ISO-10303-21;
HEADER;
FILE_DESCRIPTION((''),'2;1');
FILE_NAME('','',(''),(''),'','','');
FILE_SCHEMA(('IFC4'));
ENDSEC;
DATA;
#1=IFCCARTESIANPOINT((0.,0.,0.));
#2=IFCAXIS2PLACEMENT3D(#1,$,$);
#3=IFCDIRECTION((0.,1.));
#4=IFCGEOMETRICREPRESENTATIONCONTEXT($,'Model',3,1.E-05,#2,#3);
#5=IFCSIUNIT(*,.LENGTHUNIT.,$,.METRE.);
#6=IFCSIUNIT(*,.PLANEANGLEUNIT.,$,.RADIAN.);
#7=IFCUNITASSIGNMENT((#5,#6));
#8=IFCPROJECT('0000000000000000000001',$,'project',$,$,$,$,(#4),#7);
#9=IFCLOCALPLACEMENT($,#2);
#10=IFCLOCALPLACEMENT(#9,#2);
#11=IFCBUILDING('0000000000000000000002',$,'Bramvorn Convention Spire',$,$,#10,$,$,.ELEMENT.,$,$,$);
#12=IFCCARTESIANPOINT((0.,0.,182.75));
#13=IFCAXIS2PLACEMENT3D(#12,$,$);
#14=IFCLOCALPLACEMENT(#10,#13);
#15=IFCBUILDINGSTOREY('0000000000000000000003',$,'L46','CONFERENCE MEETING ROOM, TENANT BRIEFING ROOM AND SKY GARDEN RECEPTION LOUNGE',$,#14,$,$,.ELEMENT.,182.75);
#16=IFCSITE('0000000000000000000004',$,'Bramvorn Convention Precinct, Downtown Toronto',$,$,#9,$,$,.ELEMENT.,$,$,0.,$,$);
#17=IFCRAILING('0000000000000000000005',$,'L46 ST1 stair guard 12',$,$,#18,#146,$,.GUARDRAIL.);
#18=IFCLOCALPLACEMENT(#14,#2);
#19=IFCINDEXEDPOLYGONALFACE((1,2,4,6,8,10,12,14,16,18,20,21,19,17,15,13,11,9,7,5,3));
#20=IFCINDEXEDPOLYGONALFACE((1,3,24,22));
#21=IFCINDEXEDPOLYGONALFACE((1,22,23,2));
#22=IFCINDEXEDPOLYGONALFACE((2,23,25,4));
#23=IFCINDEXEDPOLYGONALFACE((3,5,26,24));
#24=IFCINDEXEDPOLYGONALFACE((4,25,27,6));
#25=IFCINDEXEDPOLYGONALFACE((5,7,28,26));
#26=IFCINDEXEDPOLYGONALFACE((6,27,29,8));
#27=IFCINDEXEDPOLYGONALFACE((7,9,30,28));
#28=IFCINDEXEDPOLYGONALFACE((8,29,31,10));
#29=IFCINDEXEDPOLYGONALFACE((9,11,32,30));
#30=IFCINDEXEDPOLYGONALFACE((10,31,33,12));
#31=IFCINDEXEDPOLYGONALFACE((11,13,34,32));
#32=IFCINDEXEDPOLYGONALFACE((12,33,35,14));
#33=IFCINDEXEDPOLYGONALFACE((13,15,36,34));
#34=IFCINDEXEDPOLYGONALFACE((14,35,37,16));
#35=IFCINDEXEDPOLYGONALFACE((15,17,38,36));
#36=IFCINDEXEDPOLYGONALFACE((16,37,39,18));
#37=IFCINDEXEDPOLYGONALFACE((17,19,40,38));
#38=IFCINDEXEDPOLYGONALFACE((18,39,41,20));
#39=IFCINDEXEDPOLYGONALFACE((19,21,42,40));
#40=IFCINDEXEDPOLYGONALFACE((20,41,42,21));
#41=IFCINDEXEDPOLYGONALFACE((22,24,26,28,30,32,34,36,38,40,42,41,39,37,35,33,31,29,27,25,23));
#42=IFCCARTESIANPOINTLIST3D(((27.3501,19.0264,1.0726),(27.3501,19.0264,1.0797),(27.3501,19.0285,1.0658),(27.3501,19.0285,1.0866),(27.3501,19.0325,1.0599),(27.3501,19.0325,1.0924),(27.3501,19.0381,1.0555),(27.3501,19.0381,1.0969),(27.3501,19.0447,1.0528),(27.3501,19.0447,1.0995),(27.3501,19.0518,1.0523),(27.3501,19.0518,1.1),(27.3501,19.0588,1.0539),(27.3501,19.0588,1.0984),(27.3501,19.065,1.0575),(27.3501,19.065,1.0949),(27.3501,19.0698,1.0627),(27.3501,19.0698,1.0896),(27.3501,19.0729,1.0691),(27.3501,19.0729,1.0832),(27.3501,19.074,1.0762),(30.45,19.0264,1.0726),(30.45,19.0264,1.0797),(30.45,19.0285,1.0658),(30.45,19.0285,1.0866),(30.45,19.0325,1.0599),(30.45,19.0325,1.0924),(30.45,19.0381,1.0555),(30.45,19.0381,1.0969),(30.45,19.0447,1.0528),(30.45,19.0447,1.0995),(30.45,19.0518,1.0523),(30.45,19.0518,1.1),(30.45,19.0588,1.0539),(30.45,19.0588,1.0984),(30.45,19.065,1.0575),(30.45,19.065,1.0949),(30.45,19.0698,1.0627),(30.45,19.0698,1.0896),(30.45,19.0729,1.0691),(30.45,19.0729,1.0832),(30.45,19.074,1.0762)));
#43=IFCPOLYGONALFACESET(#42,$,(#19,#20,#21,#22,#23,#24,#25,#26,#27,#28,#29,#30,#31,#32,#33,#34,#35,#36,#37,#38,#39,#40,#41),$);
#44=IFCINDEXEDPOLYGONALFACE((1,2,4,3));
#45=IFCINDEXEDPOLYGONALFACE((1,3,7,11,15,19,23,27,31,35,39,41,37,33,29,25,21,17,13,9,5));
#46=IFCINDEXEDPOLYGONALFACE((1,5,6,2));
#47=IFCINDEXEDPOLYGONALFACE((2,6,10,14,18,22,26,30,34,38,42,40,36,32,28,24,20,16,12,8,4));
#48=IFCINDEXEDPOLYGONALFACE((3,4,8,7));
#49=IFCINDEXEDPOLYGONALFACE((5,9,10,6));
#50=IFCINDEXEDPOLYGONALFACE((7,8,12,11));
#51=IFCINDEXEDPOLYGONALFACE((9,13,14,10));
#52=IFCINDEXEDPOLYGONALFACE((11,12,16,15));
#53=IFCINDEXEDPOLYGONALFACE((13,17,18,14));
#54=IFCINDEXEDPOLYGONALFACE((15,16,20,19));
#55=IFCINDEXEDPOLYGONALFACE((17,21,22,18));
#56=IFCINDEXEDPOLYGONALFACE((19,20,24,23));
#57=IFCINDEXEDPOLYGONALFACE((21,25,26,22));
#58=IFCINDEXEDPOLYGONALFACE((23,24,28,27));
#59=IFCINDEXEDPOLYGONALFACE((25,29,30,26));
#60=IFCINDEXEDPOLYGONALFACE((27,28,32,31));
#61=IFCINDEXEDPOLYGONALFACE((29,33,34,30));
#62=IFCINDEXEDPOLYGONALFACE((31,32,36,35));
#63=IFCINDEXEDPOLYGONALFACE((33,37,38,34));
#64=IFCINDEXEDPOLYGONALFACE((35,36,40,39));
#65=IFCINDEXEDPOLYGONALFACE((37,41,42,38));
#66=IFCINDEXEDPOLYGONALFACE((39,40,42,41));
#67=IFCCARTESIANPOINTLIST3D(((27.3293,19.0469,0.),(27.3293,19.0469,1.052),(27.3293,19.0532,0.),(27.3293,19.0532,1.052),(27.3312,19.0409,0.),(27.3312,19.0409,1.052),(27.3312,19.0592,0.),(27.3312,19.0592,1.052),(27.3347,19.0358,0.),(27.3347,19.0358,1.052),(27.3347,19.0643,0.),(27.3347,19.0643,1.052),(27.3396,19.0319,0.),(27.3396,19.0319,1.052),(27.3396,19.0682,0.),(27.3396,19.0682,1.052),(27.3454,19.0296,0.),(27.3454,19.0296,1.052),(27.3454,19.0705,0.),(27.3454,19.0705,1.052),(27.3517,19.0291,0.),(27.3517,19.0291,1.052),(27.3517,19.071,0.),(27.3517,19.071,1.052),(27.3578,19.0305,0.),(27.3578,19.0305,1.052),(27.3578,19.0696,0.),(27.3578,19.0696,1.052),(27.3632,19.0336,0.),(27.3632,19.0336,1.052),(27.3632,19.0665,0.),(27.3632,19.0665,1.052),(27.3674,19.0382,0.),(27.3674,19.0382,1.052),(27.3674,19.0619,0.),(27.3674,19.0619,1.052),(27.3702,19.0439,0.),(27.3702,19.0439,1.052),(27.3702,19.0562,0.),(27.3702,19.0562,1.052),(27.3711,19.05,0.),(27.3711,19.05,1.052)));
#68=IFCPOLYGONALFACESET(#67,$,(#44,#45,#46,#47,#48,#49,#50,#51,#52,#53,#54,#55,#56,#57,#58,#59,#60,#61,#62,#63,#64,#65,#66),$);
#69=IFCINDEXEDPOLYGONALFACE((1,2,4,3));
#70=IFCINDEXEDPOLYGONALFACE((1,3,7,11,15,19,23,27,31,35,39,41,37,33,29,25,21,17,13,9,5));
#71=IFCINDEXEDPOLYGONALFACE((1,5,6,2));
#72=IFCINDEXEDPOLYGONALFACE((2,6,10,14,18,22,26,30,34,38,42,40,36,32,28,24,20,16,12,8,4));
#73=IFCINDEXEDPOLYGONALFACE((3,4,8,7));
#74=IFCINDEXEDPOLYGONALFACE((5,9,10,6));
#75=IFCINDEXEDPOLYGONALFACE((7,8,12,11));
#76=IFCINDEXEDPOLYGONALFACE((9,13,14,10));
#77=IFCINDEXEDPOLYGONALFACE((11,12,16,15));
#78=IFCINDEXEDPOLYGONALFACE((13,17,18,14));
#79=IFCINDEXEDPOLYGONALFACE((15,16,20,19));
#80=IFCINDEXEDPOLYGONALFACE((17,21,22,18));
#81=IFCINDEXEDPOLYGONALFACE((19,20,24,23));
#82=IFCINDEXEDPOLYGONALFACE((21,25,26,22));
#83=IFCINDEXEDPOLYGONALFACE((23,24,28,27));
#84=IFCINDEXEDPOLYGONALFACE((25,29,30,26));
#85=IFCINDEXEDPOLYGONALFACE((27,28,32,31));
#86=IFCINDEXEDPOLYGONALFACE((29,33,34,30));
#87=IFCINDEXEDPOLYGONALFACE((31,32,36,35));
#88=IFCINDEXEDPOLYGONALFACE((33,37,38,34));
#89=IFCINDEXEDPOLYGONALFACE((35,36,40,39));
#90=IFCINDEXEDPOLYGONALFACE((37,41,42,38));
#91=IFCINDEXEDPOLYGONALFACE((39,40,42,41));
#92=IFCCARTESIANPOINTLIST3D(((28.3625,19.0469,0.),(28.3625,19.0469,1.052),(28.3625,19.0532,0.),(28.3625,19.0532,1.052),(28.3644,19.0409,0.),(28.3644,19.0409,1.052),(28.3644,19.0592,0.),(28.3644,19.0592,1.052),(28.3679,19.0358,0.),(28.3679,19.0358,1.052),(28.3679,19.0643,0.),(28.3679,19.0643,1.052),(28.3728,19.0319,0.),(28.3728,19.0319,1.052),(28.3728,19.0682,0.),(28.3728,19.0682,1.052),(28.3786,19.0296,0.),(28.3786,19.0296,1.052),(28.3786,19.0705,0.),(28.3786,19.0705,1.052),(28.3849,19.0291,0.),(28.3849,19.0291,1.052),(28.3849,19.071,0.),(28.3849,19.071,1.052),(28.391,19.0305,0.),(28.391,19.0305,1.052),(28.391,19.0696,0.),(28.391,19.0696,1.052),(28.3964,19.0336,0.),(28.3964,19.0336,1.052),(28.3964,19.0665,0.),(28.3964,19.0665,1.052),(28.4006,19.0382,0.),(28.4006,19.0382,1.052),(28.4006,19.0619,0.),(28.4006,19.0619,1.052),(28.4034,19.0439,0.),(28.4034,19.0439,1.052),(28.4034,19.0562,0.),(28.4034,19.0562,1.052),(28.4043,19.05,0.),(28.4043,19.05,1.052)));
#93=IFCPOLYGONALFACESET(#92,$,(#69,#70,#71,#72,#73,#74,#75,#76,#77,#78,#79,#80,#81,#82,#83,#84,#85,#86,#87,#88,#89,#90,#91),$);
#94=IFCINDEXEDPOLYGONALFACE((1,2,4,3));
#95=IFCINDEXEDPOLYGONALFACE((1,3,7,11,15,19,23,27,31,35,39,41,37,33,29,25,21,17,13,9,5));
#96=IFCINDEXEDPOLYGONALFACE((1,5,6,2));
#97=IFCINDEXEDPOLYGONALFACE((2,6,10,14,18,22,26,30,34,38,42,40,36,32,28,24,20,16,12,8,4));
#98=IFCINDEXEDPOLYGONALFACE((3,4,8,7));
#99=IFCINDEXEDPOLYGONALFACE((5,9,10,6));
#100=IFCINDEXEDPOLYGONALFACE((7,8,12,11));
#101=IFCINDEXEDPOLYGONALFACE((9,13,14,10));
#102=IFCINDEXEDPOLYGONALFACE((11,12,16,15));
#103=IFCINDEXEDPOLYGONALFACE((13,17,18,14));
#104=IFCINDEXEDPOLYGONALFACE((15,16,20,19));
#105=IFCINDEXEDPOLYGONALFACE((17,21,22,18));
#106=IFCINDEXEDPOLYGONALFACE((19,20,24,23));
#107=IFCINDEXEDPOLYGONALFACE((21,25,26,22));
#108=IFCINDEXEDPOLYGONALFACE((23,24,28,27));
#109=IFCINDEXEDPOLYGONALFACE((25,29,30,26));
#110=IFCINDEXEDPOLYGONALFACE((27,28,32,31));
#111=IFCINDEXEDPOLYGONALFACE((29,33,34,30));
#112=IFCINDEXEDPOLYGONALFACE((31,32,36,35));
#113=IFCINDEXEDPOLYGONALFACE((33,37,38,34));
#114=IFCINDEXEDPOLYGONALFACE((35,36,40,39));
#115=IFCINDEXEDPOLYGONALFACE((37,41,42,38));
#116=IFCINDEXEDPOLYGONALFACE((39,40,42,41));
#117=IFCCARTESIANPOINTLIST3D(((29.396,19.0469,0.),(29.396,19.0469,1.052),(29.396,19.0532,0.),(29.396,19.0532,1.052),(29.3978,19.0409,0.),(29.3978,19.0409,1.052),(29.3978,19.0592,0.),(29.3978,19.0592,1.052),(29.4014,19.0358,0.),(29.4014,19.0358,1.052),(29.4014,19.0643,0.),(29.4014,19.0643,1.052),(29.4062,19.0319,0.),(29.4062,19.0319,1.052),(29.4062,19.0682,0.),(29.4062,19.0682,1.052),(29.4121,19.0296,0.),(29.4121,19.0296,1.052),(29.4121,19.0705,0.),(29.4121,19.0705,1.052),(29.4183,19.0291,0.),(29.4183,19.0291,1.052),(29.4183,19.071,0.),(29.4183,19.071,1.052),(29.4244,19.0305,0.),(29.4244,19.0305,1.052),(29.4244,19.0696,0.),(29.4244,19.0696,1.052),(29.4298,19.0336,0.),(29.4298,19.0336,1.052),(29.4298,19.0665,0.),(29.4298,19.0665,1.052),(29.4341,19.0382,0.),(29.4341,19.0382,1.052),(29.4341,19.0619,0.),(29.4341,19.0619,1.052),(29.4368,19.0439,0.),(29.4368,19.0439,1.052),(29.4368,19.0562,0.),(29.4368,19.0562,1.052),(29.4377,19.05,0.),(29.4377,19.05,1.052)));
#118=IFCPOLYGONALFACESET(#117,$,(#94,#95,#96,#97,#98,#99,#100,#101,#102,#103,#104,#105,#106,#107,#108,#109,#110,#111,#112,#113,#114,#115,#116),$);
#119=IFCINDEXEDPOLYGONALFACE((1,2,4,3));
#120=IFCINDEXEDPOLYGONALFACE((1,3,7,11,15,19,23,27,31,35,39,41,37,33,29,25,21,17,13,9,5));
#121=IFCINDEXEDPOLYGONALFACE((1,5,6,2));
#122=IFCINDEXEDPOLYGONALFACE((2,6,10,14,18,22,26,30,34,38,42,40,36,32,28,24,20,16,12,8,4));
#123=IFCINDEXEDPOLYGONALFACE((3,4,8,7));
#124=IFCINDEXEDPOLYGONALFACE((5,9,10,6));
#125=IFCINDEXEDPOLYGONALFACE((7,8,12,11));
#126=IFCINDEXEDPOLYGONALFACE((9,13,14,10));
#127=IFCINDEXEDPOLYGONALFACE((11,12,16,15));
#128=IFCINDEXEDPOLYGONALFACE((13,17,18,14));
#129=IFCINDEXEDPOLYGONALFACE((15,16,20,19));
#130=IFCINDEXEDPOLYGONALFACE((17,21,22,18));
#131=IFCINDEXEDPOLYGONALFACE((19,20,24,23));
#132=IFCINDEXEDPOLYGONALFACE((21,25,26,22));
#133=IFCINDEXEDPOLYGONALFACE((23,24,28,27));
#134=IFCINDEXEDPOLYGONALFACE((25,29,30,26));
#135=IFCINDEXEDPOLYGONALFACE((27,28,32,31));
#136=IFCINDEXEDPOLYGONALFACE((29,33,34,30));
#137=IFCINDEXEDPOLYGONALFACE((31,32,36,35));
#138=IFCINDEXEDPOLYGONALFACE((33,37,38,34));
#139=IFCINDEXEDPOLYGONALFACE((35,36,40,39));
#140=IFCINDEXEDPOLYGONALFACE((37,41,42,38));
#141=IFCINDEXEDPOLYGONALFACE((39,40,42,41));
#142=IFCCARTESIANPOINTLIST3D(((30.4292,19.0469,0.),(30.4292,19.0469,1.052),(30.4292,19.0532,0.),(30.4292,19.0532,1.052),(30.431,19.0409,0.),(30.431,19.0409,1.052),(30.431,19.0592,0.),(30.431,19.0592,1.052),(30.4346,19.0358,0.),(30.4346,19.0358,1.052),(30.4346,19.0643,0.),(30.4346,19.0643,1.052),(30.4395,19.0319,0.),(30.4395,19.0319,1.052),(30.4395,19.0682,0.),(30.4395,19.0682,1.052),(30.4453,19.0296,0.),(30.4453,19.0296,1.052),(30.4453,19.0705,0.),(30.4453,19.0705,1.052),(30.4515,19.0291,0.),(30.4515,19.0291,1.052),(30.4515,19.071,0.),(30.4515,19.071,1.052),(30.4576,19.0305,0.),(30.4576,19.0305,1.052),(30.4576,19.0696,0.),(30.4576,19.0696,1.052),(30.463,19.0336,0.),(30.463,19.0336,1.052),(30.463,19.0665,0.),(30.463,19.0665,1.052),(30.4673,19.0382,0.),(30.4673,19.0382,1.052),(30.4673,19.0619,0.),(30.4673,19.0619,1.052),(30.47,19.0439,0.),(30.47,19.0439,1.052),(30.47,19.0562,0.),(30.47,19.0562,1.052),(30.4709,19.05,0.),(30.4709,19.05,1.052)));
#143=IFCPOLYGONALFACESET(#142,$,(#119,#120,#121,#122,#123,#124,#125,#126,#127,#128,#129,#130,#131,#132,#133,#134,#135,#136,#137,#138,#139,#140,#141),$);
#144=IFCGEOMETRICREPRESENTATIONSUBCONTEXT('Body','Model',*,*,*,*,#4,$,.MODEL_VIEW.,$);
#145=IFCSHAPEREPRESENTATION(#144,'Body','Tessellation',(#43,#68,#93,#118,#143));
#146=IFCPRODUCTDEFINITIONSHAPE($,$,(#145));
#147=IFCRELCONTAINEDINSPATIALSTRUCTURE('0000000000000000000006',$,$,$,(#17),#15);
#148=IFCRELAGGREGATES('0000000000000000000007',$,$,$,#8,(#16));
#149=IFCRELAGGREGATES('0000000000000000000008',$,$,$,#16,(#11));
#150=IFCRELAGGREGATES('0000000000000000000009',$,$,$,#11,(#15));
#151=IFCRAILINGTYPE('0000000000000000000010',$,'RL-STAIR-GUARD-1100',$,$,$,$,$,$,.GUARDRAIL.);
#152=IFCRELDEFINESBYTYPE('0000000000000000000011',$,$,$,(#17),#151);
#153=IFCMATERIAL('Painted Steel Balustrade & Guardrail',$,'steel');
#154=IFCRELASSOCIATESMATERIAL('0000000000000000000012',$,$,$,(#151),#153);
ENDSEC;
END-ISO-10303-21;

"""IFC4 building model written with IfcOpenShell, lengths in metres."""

from ifc_helpers import new_model, si_unit, direction, frame, origin, origin_2d, place, context, subcontext, project, spatial, circle, extrude, material, type_object, element, save


model = new_model("IFC4")

# Units and contexts
model_context = context("Model", 3, precision=1e-05, world=origin(), true_north=direction((0.0, 1.0)))
body_context = subcontext(model_context, "Body", "Model", "MODEL_VIEW")
ifc_project = project(units=[si_unit("LENGTHUNIT", "METRE"), si_unit("PLANEANGLEUNIT", "RADIAN")], contexts=[model_context])

# Site, building, storey
site_placement = place(None, origin())
site = spatial("IfcSite", under=ifc_project, at=site_placement, Name="Bramvorn Convention Precinct, Downtown Toronto", CompositionType="ELEMENT", RefElevation=0.0)
building_placement = place(site_placement, origin())
building = spatial("IfcBuilding", under=site, at=building_placement, Name="Bramvorn Convention Spire", CompositionType="ELEMENT")
storey_placement = place(building_placement, frame((0.0, 0.0, 182.75)))
storey = spatial("IfcBuildingStorey", under=building, at=storey_placement, Name="L46", Description="CONFERENCE MEETING ROOM, TENANT BRIEFING ROOM AND SKY GARDEN RECEPTION LOUNGE", CompositionType="ELEMENT", Elevation=182.75)

# Railing
ifc_material_1 = material(Name="Painted Steel Balustrade & Guardrail", Category="steel")
railing_type_1 = type_object("IfcRailingType", Name="RL-STAIR-GUARD-1100", PredefinedType="GUARDRAIL", material=ifc_material_1)
railing_1_placement = place(storey_placement, frame((27.3501, 19.05, 0.0)))
element("IfcRailing", 1, at=railing_1_placement, inside=storey, type_object=railing_type_1, Name="L46 ST1 stair guard 12", PredefinedType="GUARDRAIL", context=body_context, shape_type="SweptSolid", body=[
    extrude(circle(Radius=0.0239, at=origin_2d()), frame((0.0, 0.0, 1.0762), z_axis=(1.0, 0.0, 0.0), x_axis=(0.0, 1.0, 0.0)), (0.0, 0.0, 1.0), 3.0999),
    extrude(circle(Radius=0.021, at=origin_2d()), origin(), (0.0, 0.0, 1.0), 1.052),
    extrude(circle(Radius=0.021, at=origin_2d()), frame((1.0332, 0.0, 0.0)), (0.0, 0.0, 1.0), 1.052),
    extrude(circle(Radius=0.021, at=origin_2d()), frame((2.0667, 0.0, 0.0)), (0.0, 0.0, 1.0), 1.052),
    extrude(circle(Radius=0.021, at=origin_2d()), frame((3.0999, 0.0, 0.0)), (0.0, 0.0, 1.0), 1.052),
])

save(model, "model.ifc")
